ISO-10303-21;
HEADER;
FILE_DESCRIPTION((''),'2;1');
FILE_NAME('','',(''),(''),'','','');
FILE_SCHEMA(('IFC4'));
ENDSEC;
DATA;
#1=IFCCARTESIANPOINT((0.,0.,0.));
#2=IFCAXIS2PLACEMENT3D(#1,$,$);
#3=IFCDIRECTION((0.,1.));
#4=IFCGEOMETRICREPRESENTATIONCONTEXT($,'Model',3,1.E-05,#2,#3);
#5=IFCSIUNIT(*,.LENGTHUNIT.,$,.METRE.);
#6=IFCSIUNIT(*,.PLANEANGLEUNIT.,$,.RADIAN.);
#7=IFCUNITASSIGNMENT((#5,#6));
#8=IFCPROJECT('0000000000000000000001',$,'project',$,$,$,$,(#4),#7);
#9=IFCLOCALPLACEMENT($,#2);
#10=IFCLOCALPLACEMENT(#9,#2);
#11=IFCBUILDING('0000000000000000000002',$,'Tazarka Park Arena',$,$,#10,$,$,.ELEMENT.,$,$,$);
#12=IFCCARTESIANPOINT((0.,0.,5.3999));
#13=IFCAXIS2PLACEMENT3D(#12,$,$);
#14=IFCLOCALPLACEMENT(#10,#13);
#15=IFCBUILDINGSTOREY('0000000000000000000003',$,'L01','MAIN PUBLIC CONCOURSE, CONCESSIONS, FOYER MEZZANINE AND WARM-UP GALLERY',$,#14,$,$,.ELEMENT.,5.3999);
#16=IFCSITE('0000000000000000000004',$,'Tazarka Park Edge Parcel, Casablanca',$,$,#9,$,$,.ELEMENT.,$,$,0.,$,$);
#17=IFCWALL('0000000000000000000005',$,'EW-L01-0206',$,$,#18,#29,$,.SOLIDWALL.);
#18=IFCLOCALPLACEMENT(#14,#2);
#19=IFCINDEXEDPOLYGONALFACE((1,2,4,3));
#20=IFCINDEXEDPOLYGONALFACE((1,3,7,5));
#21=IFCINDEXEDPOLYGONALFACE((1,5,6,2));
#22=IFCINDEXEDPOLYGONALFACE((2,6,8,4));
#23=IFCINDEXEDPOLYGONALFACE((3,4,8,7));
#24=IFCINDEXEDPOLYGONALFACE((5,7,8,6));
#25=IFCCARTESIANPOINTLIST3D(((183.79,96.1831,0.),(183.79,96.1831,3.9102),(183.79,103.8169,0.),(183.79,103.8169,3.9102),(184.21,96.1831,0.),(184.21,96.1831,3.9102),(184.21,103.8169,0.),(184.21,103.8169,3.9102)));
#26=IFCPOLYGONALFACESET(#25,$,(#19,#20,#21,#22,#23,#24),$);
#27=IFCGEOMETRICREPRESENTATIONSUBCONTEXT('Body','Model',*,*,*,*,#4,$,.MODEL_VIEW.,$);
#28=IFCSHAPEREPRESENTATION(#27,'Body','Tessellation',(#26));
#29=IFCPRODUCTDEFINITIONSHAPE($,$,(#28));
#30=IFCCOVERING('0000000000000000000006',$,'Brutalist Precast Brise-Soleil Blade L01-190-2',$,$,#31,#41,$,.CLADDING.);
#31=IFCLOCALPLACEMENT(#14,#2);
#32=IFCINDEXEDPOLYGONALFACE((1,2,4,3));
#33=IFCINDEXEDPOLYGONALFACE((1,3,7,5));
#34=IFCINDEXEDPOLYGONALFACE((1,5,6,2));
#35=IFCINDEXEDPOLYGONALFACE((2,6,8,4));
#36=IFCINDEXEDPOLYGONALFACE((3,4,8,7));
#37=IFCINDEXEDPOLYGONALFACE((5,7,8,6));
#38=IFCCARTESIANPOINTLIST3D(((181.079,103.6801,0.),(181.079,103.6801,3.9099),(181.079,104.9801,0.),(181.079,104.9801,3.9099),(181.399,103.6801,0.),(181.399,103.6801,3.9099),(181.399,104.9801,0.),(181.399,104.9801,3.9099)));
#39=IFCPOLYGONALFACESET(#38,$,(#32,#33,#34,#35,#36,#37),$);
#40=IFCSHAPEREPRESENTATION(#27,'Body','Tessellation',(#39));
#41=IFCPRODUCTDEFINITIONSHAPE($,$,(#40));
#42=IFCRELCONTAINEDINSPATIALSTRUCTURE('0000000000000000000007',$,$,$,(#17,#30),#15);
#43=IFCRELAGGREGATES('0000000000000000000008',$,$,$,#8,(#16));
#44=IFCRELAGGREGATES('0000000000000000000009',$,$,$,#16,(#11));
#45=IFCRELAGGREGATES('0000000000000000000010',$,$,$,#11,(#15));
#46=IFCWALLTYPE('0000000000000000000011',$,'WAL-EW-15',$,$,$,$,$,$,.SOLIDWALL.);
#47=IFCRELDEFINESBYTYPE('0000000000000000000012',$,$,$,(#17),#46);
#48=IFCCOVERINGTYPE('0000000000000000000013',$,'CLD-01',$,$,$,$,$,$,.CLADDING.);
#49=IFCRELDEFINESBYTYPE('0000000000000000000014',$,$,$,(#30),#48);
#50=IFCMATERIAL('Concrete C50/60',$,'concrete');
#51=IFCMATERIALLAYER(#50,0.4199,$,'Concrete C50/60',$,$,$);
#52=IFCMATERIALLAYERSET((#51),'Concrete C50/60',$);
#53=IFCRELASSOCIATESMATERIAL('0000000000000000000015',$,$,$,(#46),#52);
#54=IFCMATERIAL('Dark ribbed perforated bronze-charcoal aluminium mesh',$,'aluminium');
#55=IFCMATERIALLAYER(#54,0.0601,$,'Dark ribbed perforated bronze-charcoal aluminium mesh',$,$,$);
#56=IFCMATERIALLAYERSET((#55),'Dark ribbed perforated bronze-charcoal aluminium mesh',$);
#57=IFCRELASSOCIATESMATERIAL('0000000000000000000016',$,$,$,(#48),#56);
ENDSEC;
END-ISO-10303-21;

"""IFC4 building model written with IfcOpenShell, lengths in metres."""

from ifc_helpers import new_model, si_unit, direction, frame, frame_2d, origin, origin_2d, place, context, subcontext, project, spatial, rectangle, extrude, material, layer, layer_set, type_object, element, save


model = new_model("IFC4")

# Units and contexts
model_context = context("Model", 3, precision=1e-05, world=origin(), true_north=direction((0.0, 1.0)))
body_context = subcontext(model_context, "Body", "Model", "MODEL_VIEW")
ifc_project = project(units=[si_unit("LENGTHUNIT", "METRE"), si_unit("PLANEANGLEUNIT", "RADIAN")], contexts=[model_context])

# Site, building, storey
site_placement = place(None, origin())
site = spatial("IfcSite", under=ifc_project, at=site_placement, Name="Tazarka Park Edge Parcel, Casablanca", CompositionType="ELEMENT", RefElevation=0.0)
building_placement = place(site_placement, origin())
building = spatial("IfcBuilding", under=site, at=building_placement, Name="Tazarka Park Arena", CompositionType="ELEMENT")
storey_placement = place(building_placement, frame((0.0, 0.0, 5.3999)))
storey = spatial("IfcBuildingStorey", under=building, at=storey_placement, Name="L01", Description="MAIN PUBLIC CONCOURSE, CONCESSIONS, FOYER MEZZANINE AND WARM-UP GALLERY", CompositionType="ELEMENT", Elevation=5.3999)

# Wall
ifc_material_1 = material(Name="Concrete C50/60", Category="concrete")
ifc_layer_1 = layer(ifc_material_1, 0.4199, Name="Concrete C50/60")
ifc_layer_set_1 = layer_set([ifc_layer_1], Name="Concrete C50/60")
wall_type_1 = type_object("IfcWallType", Name="WAL-EW-15", PredefinedType="SOLIDWALL", material=ifc_layer_set_1)
wall_1_placement = place(storey_placement, frame((184.0, 103.8169, 0.0), z_axis=(0.0, 0.0, 1.0), x_axis=(0.0, -1.0, 0.0)))
element("IfcWall", 1, at=wall_1_placement, inside=storey, type_object=wall_type_1, Name="EW-L01-0206", PredefinedType="SOLIDWALL", context=body_context, shape_type="SweptSolid", body=[
    extrude(rectangle(XDim=7.6338, YDim=0.4199, at=frame_2d((3.8169, 0.0))), origin(), (0.0, 0.0, 1.0), 3.9102),
])

# Covering
ifc_material_2 = material(Name="Dark ribbed perforated bronze-charcoal aluminium mesh", Category="aluminium")
ifc_layer_2 = layer(ifc_material_2, 0.0601, Name="Dark ribbed perforated bronze-charcoal aluminium mesh")
ifc_layer_set_2 = layer_set([ifc_layer_2], Name="Dark ribbed perforated bronze-charcoal aluminium mesh")
covering_type = type_object("IfcCoveringType", Name="CLD-01", PredefinedType="CLADDING", material=ifc_layer_set_2)
covering_placement = place(storey_placement, frame((181.239, 104.3301, 0.0), z_axis=(0.0, 0.0, 1.0), x_axis=(1.0, 0.0, 0.0)))
element("IfcCovering", 2, at=covering_placement, inside=storey, type_object=covering_type, Name="Brutalist Precast Brise-Soleil Blade L01-190-2", PredefinedType="CLADDING", context=body_context, shape_type="SweptSolid", body=[
    extrude(rectangle(XDim=0.3201, YDim=1.3, at=origin_2d()), origin(), (0.0, 0.0, 1.0), 3.9099),
])

save(model, "model.ifc")
